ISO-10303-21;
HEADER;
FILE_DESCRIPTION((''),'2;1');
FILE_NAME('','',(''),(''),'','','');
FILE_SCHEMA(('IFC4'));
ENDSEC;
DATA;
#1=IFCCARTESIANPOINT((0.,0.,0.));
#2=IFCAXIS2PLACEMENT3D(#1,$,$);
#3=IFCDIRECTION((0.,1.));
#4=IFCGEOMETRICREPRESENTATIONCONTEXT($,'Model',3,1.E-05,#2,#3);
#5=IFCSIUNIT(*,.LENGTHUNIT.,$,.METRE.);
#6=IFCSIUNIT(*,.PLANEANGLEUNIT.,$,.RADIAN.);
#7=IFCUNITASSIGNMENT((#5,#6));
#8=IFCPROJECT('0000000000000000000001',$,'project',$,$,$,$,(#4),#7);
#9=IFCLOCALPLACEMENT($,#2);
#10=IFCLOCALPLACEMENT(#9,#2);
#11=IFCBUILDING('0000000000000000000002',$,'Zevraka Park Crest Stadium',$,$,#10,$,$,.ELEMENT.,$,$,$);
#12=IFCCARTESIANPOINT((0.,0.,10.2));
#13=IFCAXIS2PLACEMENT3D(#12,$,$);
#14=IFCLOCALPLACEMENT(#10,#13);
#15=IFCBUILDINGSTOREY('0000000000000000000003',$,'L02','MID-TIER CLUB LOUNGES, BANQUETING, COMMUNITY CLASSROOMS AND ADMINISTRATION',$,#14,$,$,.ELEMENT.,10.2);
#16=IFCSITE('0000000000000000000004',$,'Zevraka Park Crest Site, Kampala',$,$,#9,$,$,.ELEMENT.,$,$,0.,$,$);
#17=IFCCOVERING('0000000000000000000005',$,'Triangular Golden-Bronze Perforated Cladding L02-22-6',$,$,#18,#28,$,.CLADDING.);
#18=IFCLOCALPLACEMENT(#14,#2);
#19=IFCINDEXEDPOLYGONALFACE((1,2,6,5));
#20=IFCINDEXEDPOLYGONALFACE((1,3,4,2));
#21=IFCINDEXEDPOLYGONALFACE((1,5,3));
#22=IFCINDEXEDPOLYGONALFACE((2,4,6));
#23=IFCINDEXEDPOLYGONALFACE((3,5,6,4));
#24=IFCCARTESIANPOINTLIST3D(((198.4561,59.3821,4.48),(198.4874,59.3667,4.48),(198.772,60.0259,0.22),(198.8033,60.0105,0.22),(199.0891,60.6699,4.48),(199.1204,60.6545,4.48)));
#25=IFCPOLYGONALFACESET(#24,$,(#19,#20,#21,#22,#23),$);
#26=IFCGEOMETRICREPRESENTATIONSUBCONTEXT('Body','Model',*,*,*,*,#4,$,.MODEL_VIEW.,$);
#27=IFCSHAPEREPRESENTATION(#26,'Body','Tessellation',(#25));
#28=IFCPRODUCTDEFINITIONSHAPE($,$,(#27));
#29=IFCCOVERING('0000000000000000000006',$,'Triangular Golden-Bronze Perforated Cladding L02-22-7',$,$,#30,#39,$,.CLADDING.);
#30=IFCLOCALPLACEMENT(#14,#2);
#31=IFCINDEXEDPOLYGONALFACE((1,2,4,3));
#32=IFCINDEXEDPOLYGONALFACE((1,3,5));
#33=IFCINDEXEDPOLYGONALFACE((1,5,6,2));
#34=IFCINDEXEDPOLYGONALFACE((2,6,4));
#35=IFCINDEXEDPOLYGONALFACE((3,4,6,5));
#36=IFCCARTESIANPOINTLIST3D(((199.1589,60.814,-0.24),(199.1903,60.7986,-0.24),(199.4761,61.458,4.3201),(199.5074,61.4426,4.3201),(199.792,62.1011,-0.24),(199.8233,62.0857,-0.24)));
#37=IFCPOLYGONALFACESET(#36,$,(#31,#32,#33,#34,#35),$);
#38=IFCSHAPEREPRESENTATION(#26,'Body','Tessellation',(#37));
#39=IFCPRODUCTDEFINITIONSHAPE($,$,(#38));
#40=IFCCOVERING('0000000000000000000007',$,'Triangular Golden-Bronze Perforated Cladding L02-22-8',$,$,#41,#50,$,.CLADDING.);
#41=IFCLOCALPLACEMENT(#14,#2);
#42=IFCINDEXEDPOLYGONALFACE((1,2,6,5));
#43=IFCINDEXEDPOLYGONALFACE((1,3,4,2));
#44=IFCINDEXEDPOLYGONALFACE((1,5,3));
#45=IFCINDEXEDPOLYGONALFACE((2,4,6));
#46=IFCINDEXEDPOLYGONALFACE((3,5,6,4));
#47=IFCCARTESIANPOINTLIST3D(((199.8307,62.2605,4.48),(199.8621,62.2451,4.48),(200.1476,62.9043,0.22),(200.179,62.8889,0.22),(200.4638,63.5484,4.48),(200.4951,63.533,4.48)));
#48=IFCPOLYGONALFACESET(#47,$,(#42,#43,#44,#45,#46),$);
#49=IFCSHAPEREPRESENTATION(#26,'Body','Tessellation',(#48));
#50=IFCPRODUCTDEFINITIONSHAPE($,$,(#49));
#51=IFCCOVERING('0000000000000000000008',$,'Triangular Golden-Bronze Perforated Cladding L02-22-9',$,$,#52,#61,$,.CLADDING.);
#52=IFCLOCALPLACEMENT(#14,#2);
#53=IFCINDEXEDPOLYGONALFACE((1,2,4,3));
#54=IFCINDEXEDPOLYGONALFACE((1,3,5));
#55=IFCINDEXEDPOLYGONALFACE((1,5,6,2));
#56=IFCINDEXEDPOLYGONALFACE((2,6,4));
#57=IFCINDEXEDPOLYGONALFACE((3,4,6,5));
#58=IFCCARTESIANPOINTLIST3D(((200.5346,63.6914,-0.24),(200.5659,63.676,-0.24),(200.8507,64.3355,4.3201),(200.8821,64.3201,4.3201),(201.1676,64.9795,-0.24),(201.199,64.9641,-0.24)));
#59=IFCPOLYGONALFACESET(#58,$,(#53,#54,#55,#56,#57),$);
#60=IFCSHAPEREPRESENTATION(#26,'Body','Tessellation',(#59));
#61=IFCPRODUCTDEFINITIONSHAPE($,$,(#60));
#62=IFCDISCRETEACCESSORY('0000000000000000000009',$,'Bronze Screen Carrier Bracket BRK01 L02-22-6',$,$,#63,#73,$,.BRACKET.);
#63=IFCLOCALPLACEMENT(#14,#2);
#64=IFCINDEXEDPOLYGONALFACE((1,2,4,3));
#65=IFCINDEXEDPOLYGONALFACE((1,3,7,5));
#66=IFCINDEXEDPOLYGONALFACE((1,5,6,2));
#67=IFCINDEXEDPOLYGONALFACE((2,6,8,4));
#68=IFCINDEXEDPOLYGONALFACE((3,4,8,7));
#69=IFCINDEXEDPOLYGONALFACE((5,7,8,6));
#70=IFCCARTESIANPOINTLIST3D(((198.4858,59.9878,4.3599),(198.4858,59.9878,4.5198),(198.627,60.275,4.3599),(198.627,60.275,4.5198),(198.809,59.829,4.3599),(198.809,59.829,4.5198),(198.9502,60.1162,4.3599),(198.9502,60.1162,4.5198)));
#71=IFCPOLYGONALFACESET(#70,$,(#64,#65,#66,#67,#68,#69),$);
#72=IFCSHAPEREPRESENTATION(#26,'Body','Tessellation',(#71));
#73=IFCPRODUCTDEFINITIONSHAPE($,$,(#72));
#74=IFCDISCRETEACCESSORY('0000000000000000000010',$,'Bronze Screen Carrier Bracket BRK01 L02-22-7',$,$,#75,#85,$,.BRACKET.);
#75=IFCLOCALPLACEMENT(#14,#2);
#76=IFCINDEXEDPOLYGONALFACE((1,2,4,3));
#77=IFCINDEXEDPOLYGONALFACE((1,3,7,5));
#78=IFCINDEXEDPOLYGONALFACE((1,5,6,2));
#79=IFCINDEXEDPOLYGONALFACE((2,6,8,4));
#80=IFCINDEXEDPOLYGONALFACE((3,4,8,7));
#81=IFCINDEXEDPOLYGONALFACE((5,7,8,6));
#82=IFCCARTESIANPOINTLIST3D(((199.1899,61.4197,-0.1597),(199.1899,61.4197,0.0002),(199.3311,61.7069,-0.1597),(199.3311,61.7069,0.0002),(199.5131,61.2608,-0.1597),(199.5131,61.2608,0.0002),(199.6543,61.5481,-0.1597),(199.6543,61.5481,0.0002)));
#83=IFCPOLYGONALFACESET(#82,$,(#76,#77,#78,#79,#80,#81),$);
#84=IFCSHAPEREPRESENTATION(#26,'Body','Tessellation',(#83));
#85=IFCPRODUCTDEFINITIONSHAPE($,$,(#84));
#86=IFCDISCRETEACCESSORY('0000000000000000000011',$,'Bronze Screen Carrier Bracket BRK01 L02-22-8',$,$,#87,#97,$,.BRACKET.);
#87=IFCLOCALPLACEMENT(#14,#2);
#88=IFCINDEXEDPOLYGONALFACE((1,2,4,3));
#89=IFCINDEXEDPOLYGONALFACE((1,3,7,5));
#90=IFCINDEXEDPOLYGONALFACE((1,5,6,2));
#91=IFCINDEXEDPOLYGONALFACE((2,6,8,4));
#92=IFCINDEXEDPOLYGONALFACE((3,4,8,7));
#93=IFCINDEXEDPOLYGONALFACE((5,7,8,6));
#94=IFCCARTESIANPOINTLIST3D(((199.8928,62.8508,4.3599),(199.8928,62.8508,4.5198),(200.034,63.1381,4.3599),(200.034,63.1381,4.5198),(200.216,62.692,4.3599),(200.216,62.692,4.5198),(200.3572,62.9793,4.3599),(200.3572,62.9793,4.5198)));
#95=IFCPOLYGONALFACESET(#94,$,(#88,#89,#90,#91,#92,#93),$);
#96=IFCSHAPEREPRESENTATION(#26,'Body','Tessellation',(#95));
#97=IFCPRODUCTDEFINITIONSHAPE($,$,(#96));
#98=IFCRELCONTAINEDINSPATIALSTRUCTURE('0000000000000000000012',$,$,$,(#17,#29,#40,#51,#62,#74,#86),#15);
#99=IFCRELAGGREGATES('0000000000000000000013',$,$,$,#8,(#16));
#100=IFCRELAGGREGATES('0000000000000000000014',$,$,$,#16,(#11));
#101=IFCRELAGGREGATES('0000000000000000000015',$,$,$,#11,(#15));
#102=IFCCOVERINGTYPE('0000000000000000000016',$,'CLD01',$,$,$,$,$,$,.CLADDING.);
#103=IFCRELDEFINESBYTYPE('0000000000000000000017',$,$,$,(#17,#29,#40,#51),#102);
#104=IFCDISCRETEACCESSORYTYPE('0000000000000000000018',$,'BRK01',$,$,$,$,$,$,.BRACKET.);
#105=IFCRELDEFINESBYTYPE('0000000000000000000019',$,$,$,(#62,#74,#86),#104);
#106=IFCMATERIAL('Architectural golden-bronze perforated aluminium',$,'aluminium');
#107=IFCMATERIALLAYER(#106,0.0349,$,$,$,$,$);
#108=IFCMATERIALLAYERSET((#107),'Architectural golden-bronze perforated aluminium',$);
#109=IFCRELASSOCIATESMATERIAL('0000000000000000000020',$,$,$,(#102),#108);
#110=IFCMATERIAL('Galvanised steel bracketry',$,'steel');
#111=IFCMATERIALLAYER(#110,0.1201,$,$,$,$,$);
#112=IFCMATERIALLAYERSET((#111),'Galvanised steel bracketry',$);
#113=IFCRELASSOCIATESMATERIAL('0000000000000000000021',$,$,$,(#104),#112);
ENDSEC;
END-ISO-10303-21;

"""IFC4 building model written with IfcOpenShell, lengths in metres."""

from ifc_helpers import new_model, si_unit, direction, frame, origin, origin_2d, place, context, subcontext, project, spatial, polyline, rectangle, outline, extrude, material, layer, layer_set, type_object, element, save


model = new_model("IFC4")

# Units and contexts
model_context = context("Model", 3, precision=1e-05, world=origin(), true_north=direction((0.0, 1.0)))
body_context = subcontext(model_context, "Body", "Model", "MODEL_VIEW")
ifc_project = project(units=[si_unit("LENGTHUNIT", "METRE"), si_unit("PLANEANGLEUNIT", "RADIAN")], contexts=[model_context])

# Site, building, storey
site_placement = place(None, origin())
site = spatial("IfcSite", under=ifc_project, at=site_placement, Name="Zevraka Park Crest Site, Kampala", CompositionType="ELEMENT", RefElevation=0.0)
building_placement = place(site_placement, origin())
building = spatial("IfcBuilding", under=site, at=building_placement, Name="Zevraka Park Crest Stadium", CompositionType="ELEMENT")
storey_placement = place(building_placement, frame((0.0, 0.0, 10.2)))
storey = spatial("IfcBuildingStorey", under=building, at=storey_placement, Name="L02", Description="MID-TIER CLUB LOUNGES, BANQUETING, COMMUNITY CLASSROOMS AND ADMINISTRATION", CompositionType="ELEMENT", Elevation=10.2)

# Coverings
ifc_material_1 = material(Name="Architectural golden-bronze perforated aluminium", Category="aluminium")
ifc_layer_1 = layer(ifc_material_1, 0.0349)
ifc_layer_set_1 = layer_set([ifc_layer_1], Name="Architectural golden-bronze perforated aluminium")
covering_type = type_object("IfcCoveringType", Name="CLD01", PredefinedType="CLADDING", material=ifc_layer_set_1)
covering_1_placement = place(storey_placement, frame((199.0891, 60.6699, 4.48), z_axis=(-0.897435, 0.441147, 0.000116), x_axis=(-0.441147, -0.897435, 0.0)))
element("IfcCovering", 1, at=covering_1_placement, inside=storey, type_object=covering_type, Name="Triangular Golden-Bronze Perforated Cladding L02-22-6", PredefinedType="CLADDING", context=body_context, shape_type="SweptSolid", body=[
    extrude(outline(polyline([(0.0, 0.0), (1.435, 0.0), (0.7179, -4.26), (0.0, 0.0)])), origin(), (0.0, 0.0, -1.0), 0.0349),
])
covering_2_placement = place(storey_placement, frame((199.1589, 60.814, -0.24), z_axis=(-0.897336, 0.441349, 0.000073), x_axis=(0.441349, 0.897336, 0.0)))
element("IfcCovering", 2, at=covering_2_placement, inside=storey, type_object=covering_type, Name="Triangular Golden-Bronze Perforated Cladding L02-22-7", PredefinedType="CLADDING", context=body_context, shape_type="SweptSolid", body=[
    extrude(outline(polyline([(0.0, 0.0), (1.4344, 0.0), (0.7179, -4.5601), (0.0, 0.0)])), origin(), (0.0, 0.0, -1.0), 0.0349),
])
covering_3_placement = place(storey_placement, frame((200.4951, 63.533, 4.48), z_axis=(0.897435, -0.441147, 0.00009), x_axis=(-0.441147, -0.897435, 0.0)))
element("IfcCovering", 3, at=covering_3_placement, inside=storey, type_object=covering_type, Name="Triangular Golden-Bronze Perforated Cladding L02-22-8", PredefinedType="CLADDING", context=body_context, shape_type="SweptSolid", body=[
    extrude(outline(polyline([(0.0, 0.0), (1.435, 0.0), (0.7175, 4.26), (0.0, 0.0)])), origin(), (0.0, 0.0, -1.0), 0.0349),
])
covering_4_placement = place(storey_placement, frame((200.5659, 63.676, -0.24), z_axis=(0.897468, -0.441079, 0.000072), x_axis=(0.441079, 0.897468, 0.0)))
element("IfcCovering", 4, at=covering_4_placement, inside=storey, type_object=covering_type, Name="Triangular Golden-Bronze Perforated Cladding L02-22-9", PredefinedType="CLADDING", context=body_context, shape_type="SweptSolid", body=[
    extrude(outline(polyline([(0.0, 0.0), (1.4352, 0.0), (0.7175, 4.5601), (0.0, 0.0)])), origin(), (0.0, 0.0, -1.0), 0.0349),
])

# Discrete accessories
ifc_material_2 = material(Name="Galvanised steel bracketry", Category="steel")
ifc_layer_2 = layer(ifc_material_2, 0.1201)
ifc_layer_set_2 = layer_set([ifc_layer_2], Name="Galvanised steel bracketry")
discrete_accessory_type = type_object("IfcDiscreteAccessoryType", Name="BRK01", PredefinedType="BRACKET", material=ifc_layer_set_2)
for number, where, z_axis, x_axis, name in (
    (5, (198.718, 60.052, 4.3599), (0.0, 0.0, 1.0), (0.441036, 0.897489, 0.0), "Bronze Screen Carrier Bracket BRK01 L02-22-6"),
    (6, (199.4221, 61.4839, -0.1597), (0.0, 0.0, 1.0), (0.441036, 0.897489, 0.0), "Bronze Screen Carrier Bracket BRK01 L02-22-7"),
    (7, (200.125, 62.915, 4.3599), (0.0, 0.0, 1.0), (0.441036, 0.897489, 0.0), "Bronze Screen Carrier Bracket BRK01 L02-22-8"),
):
    element("IfcDiscreteAccessory", number, at=place(storey_placement, frame(where, z_axis=z_axis, x_axis=x_axis)), inside=storey, type_object=discrete_accessory_type, Name=name, PredefinedType="BRACKET", context=body_context, shape_type="SweptSolid", body=[
        extrude(rectangle(XDim=0.3201, YDim=0.3601, at=origin_2d()), origin(), (0.0, 0.0, 1.0), 0.1599),
    ])

save(model, "model.ifc")
